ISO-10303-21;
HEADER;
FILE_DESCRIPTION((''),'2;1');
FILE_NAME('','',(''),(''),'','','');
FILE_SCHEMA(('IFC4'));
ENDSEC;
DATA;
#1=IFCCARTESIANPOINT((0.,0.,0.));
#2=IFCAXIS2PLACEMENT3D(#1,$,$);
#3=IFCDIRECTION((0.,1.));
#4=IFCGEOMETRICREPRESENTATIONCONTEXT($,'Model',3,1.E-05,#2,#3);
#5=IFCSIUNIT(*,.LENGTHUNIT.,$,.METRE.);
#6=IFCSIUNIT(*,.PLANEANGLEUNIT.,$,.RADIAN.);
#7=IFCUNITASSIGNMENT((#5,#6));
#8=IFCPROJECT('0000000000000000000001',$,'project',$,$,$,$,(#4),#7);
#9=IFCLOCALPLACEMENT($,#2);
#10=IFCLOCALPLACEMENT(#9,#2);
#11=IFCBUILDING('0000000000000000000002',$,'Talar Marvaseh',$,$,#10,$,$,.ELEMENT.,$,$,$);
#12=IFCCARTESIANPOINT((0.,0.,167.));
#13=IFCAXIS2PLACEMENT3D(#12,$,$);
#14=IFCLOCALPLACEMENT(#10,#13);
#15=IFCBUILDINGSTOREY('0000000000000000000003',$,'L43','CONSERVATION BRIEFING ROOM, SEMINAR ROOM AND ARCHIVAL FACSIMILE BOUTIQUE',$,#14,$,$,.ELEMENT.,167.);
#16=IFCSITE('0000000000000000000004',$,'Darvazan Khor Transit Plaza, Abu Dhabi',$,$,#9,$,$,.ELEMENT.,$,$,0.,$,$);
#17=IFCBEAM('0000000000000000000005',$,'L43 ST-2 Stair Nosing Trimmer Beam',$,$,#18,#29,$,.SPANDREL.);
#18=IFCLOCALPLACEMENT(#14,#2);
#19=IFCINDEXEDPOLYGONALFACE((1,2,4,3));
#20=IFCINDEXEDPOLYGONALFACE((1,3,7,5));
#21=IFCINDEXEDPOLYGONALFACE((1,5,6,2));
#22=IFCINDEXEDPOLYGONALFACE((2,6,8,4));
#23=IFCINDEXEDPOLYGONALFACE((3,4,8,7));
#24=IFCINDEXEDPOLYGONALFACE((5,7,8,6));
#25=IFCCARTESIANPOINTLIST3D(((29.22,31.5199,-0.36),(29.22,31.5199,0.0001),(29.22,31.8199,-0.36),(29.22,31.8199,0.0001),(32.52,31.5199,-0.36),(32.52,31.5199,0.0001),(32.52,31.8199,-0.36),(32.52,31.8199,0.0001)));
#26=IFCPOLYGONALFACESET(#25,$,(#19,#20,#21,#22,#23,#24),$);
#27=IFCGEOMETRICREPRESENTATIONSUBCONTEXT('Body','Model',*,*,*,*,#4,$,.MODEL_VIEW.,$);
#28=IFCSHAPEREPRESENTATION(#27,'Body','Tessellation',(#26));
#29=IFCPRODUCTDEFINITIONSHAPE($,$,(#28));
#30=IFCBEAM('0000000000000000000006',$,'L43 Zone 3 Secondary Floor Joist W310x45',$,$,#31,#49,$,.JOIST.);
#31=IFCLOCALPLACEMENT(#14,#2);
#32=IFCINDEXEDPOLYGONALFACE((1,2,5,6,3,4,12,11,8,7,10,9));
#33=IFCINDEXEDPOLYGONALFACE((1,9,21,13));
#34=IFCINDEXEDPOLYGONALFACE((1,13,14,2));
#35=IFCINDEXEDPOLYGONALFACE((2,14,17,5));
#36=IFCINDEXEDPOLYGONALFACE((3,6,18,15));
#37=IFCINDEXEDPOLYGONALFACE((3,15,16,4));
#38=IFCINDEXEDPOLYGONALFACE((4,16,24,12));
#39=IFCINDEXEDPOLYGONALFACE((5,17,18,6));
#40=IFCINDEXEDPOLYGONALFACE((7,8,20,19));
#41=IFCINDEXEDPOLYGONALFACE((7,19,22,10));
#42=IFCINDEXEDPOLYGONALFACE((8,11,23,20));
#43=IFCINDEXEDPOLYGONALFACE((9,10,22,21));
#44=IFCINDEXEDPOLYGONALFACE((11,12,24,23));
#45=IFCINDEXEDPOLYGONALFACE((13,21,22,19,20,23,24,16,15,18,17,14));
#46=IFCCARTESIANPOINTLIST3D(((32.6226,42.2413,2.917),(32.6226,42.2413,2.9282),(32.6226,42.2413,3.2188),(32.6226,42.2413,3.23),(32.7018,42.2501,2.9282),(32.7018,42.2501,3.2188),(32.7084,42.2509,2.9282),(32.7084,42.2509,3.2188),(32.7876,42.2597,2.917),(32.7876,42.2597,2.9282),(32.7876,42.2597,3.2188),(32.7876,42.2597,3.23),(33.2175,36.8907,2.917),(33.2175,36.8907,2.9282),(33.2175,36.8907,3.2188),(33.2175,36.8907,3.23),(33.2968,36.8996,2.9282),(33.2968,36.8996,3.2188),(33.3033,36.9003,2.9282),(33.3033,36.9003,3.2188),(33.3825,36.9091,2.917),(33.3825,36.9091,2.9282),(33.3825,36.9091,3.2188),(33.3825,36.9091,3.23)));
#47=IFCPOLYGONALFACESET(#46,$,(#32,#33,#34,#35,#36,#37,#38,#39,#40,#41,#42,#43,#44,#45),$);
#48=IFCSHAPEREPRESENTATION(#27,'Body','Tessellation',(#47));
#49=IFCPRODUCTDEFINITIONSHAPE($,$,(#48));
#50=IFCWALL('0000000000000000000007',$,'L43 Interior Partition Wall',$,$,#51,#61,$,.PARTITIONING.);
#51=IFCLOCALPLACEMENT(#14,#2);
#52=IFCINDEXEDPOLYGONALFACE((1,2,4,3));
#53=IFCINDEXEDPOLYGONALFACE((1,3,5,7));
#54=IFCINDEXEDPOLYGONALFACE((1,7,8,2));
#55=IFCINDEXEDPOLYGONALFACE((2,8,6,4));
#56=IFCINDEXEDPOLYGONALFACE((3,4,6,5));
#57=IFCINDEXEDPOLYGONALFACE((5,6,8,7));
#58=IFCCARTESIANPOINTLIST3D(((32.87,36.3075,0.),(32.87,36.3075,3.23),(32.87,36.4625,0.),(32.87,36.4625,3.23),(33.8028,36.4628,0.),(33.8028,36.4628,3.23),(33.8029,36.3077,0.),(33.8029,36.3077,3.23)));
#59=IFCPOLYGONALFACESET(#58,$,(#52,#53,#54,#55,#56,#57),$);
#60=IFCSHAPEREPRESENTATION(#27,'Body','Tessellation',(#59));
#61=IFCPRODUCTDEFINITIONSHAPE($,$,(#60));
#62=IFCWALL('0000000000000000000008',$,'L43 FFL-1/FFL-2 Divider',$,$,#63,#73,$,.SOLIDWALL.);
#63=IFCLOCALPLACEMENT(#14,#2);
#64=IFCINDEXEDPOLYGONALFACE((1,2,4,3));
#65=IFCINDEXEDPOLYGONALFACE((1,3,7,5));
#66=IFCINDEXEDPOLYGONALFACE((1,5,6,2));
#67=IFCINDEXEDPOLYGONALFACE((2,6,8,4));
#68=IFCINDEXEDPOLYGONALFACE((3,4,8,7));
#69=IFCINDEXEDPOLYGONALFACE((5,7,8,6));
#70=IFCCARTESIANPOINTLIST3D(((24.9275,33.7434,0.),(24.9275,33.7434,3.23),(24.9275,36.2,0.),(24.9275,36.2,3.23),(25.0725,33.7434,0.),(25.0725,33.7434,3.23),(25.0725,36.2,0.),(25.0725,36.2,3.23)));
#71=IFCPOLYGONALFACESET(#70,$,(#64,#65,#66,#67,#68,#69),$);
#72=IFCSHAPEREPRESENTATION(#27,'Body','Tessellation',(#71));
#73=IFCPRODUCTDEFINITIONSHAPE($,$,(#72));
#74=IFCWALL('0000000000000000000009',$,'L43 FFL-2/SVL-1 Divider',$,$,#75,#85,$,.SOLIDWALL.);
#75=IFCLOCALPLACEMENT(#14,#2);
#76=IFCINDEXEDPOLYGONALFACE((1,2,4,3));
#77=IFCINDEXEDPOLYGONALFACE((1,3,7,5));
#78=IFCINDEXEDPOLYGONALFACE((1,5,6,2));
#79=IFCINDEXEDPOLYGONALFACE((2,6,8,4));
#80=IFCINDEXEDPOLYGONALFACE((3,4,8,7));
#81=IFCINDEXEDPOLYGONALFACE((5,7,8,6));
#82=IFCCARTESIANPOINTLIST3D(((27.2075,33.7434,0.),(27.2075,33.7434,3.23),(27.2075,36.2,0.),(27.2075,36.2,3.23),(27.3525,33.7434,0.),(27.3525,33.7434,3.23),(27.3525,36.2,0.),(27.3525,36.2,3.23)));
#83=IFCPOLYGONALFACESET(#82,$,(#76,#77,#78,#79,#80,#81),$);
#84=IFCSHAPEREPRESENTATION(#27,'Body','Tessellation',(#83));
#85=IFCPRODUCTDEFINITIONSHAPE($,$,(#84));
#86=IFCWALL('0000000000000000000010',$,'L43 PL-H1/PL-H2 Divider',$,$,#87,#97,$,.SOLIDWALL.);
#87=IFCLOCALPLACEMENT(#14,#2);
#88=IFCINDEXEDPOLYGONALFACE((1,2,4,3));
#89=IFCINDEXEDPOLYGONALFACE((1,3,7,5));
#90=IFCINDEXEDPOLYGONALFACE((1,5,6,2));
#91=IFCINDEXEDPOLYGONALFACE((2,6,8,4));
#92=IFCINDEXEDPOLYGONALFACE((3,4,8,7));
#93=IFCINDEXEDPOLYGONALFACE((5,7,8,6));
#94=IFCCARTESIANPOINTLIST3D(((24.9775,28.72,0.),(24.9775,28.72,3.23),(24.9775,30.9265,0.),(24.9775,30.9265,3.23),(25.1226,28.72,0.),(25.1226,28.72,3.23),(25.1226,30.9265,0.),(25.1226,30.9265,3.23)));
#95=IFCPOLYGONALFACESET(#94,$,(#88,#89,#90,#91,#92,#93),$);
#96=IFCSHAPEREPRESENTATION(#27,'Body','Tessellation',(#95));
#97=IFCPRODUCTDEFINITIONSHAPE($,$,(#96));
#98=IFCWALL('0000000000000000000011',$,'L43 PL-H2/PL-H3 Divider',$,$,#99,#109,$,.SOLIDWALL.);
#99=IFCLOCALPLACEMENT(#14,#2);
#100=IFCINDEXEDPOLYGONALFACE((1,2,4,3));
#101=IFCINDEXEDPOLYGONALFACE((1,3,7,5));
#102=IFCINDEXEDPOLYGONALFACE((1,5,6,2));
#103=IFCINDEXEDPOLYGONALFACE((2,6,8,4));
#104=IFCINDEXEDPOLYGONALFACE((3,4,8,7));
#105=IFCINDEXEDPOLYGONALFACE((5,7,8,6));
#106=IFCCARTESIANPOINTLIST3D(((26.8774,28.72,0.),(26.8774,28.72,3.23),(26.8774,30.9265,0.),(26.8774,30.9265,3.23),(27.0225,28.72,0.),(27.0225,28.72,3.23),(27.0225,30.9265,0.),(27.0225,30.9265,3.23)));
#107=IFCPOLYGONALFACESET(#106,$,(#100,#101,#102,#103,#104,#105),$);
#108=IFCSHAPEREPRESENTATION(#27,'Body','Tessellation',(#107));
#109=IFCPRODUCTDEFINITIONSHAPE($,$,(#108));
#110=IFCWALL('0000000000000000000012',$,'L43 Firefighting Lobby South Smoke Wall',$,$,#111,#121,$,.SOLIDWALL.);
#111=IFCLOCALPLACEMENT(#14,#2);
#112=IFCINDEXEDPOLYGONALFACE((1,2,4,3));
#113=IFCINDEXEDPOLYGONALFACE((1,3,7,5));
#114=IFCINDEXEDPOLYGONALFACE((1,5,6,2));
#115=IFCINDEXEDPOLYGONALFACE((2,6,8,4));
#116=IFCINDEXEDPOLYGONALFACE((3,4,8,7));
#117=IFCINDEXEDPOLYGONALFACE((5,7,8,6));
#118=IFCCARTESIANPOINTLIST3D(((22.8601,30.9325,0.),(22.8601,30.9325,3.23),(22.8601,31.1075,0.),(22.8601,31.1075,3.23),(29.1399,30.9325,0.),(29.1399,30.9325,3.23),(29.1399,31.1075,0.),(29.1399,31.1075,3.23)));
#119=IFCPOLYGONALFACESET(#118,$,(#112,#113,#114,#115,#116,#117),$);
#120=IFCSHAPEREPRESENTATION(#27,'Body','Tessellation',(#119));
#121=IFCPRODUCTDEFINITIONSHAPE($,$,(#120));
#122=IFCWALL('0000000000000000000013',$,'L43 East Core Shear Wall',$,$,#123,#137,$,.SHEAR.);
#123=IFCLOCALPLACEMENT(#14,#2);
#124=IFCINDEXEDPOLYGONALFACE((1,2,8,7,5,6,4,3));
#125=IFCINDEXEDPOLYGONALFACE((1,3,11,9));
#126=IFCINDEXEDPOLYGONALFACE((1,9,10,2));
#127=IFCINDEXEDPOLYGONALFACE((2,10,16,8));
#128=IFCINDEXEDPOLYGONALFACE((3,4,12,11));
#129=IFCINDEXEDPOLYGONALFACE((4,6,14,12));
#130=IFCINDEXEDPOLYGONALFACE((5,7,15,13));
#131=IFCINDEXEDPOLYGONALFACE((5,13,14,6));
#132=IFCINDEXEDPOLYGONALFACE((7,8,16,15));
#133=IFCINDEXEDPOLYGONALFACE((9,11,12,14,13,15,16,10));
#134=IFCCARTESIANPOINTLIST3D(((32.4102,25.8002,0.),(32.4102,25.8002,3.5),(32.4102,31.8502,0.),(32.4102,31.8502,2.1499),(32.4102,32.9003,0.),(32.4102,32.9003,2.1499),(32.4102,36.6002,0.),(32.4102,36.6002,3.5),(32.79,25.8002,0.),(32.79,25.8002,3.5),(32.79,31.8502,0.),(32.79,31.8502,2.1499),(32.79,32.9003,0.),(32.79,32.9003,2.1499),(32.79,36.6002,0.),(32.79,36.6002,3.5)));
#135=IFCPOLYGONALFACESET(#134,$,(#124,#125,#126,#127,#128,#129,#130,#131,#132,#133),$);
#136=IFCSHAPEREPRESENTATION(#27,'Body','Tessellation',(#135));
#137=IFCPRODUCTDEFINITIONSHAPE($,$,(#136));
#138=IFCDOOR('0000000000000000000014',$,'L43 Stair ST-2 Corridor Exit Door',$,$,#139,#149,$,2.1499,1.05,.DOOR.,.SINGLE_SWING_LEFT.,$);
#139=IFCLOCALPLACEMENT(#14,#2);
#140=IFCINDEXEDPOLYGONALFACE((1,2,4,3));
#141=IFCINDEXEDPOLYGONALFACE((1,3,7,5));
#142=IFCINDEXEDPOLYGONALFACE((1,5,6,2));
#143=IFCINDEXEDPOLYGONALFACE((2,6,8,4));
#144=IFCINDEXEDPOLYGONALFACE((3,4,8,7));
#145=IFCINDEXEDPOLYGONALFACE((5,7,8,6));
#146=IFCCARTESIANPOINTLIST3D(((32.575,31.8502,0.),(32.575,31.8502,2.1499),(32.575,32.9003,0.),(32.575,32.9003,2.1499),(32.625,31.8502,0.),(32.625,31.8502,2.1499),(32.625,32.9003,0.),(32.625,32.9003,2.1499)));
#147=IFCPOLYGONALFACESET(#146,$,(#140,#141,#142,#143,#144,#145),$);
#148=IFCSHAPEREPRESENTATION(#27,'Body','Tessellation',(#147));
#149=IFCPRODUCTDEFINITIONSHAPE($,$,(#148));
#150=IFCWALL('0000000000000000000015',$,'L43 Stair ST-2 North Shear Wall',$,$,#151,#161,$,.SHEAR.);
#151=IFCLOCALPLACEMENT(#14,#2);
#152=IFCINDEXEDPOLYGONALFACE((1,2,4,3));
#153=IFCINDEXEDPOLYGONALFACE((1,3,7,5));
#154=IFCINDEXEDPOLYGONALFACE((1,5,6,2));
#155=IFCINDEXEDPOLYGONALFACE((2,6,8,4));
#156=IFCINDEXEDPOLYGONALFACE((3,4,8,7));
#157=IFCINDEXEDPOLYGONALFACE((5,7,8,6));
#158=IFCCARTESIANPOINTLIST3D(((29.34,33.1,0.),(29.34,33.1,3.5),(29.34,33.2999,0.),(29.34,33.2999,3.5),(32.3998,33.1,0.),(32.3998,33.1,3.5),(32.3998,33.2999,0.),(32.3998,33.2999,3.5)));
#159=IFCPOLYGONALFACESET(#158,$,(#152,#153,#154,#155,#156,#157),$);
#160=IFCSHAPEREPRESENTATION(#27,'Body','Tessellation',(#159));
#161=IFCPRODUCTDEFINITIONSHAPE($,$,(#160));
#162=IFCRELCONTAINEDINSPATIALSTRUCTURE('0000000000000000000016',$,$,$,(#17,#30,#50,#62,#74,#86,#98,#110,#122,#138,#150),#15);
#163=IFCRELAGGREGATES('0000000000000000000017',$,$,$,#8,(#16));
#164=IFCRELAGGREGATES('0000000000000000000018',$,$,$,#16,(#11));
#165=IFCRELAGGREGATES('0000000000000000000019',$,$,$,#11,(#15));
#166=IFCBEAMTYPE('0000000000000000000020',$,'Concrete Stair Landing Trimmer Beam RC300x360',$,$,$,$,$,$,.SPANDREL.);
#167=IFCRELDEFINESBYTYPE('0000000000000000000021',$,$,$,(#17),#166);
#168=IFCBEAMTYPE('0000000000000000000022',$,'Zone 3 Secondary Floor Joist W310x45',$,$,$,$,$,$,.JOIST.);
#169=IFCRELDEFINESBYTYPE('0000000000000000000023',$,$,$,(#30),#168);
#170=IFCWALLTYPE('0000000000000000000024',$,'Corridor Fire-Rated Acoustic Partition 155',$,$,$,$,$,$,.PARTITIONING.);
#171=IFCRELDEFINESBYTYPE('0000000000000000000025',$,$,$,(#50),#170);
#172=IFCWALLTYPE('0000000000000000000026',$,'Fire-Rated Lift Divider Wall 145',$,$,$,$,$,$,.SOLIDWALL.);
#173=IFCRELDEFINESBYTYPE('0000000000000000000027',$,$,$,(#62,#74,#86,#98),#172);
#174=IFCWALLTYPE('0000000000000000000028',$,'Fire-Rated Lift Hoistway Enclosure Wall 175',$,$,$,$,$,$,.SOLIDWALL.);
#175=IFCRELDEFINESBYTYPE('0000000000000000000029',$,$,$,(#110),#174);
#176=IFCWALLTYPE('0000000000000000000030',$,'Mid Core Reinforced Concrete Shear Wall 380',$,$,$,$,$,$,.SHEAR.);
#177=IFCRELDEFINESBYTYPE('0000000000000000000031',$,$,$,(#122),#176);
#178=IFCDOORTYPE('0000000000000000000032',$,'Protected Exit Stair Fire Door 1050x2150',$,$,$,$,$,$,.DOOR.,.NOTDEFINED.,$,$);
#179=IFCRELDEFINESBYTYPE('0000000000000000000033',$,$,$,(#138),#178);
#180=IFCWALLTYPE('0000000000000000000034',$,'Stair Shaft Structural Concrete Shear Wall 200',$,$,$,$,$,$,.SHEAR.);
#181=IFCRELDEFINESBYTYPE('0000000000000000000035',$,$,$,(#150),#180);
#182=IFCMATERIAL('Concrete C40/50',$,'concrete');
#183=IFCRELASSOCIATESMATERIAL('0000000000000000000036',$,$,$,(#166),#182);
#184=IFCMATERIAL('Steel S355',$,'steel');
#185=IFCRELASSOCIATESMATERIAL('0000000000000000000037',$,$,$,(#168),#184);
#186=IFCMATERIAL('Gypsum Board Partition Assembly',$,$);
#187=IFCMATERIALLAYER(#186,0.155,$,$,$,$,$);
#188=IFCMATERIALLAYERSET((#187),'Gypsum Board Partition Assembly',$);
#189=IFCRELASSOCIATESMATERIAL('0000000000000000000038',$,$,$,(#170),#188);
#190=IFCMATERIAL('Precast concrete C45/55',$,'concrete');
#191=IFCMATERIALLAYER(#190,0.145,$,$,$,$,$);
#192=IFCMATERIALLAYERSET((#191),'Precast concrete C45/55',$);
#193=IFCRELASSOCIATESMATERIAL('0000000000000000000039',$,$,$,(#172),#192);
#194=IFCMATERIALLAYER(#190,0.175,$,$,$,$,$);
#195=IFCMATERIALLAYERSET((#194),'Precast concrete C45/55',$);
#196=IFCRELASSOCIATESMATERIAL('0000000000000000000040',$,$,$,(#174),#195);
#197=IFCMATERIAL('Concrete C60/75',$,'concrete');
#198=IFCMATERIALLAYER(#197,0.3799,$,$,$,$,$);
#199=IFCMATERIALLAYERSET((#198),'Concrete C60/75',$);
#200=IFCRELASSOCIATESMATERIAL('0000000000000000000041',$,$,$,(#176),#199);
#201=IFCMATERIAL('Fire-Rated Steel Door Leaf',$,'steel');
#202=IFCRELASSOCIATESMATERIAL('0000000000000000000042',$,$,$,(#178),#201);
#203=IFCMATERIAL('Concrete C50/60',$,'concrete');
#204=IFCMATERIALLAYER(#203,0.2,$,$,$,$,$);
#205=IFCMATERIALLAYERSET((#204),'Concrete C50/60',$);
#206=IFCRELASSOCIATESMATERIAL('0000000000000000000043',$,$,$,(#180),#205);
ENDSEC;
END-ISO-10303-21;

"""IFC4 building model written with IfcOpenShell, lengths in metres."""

from ifc_helpers import new_model, si_unit, direction, frame, frame_2d, origin, origin_2d, place, context, subcontext, project, spatial, rectangle, i_section, extrude, source, transform, mapped, material, layer, layer_set, material_profile, profile_set, type_object, type_shapes, element, fill, save


model = new_model("IFC4")

# Units and contexts
model_context = context("Model", 3, precision=1e-05, world=origin(), true_north=direction((0.0, 1.0)))
body_context = subcontext(model_context, "Body", "Model", "MODEL_VIEW")
ifc_project = project(units=[si_unit("LENGTHUNIT", "METRE"), si_unit("PLANEANGLEUNIT", "RADIAN")], contexts=[model_context])

# Site, building, storey
site_placement = place(None, origin())
site = spatial("IfcSite", under=ifc_project, at=site_placement, Name="Darvazan Khor Transit Plaza, Abu Dhabi", CompositionType="ELEMENT", RefElevation=0.0)
building_placement = place(site_placement, origin())
building = spatial("IfcBuilding", under=site, at=building_placement, Name="Talar Marvaseh", CompositionType="ELEMENT")
storey_placement = place(building_placement, frame((0.0, 0.0, 167.0)))
storey = spatial("IfcBuildingStorey", under=building, at=storey_placement, Name="L43", Description="CONSERVATION BRIEFING ROOM, SEMINAR ROOM AND ARCHIVAL FACSIMILE BOUTIQUE", CompositionType="ELEMENT", Elevation=167.0)

# Beams
ifc_material_1 = material(Name="Concrete C40/50", Category="concrete")
ifc_material_profile_1 = material_profile(ifc_material_1, rectangle(XDim=0.3, YDim=0.3601, at=origin_2d()), Name="RC300x360")
ifc_profile_set_1 = profile_set([ifc_material_profile_1], Name="Concrete C40/50")
beam_type_1 = type_object("IfcBeamType", Name="Concrete Stair Landing Trimmer Beam RC300x360", PredefinedType="SPANDREL", material=ifc_profile_set_1)
beam_1_placement = place(storey_placement, frame((29.22, 31.6699, -0.1799), z_axis=(1.0, 0.0, 0.0), x_axis=(0.0, 1.0, 0.0)))
element("IfcBeam", 1, at=beam_1_placement, inside=storey, type_object=beam_type_1, Name="L43 ST-2 Stair Nosing Trimmer Beam", PredefinedType="SPANDREL", context=body_context, shape_type="SweptSolid", body=[
    extrude(rectangle(XDim=0.3, YDim=0.3601, at=origin_2d()), origin(), (0.0, 0.0, 1.0), 3.3),
])
ifc_material_2 = material(Name="Steel S355", Category="steel")
ifc_material_profile_2 = material_profile(ifc_material_2, i_section(OverallWidth=0.166, OverallDepth=0.313, WebThickness=0.0066, FlangeThickness=0.0112, at=origin_2d()), Name="W310x45")
ifc_profile_set_2 = profile_set([ifc_material_profile_2], Name="Steel S355")
beam_type_2 = type_object("IfcBeamType", Name="Zone 3 Secondary Floor Joist W310x45", PredefinedType="JOIST", material=ifc_profile_set_2)
beam_2_placement = place(storey_placement, frame((32.7051, 42.2505, 3.0735), z_axis=(0.110516, -0.993874, 0.0), x_axis=(0.993874, 0.110516, 0.0)))
element("IfcBeam", 2, at=beam_2_placement, inside=storey, type_object=beam_type_2, Name="L43 Zone 3 Secondary Floor Joist W310x45", PredefinedType="JOIST", context=body_context, shape_type="SweptSolid", body=[
    extrude(i_section(OverallWidth=0.166, OverallDepth=0.313, WebThickness=0.0066, FlangeThickness=0.0112, at=origin_2d()), origin(), (0.0, 0.0, 1.0), 5.3835),
])

# Walls
ifc_material_3 = material(Name="Gypsum Board Partition Assembly")
ifc_layer_1 = layer(ifc_material_3, 0.155)
ifc_layer_set_1 = layer_set([ifc_layer_1], Name="Gypsum Board Partition Assembly")
wall_type_1 = type_object("IfcWallType", Name="Corridor Fire-Rated Acoustic Partition 155", PredefinedType="PARTITIONING", material=ifc_layer_set_1)
wall_1_placement = place(storey_placement, frame((32.8701, 36.385, 0.0), z_axis=(0.0, 0.0, 1.0), x_axis=(1.0, 0.000262, 0.0)))
element("IfcWall", 3, at=wall_1_placement, inside=storey, type_object=wall_type_1, Name="L43 Interior Partition Wall", PredefinedType="PARTITIONING", context=body_context, shape_type="SweptSolid", body=[
    extrude(rectangle(XDim=0.9329, YDim=0.155, at=frame_2d((0.4663, 0.0))), origin(), (0.0, 0.0, 1.0), 3.23),
])
ifc_material_4 = material(Name="Precast concrete C45/55", Category="concrete")
ifc_layer_2 = layer(ifc_material_4, 0.145)
ifc_layer_set_2 = layer_set([ifc_layer_2], Name="Precast concrete C45/55")
wall_type_2 = type_object("IfcWallType", Name="Fire-Rated Lift Divider Wall 145", PredefinedType="SOLIDWALL", material=ifc_layer_set_2)
for number, where, z_axis, x_axis, name in (
    (4, (25.0, 33.7434, 0.0), (0.0, 0.0, 1.0), (0.0, 1.0, 0.0), "L43 FFL-1/FFL-2 Divider"),
    (5, (27.28, 33.7434, 0.0), (0.0, 0.0, 1.0), (0.0, 1.0, 0.0), "L43 FFL-2/SVL-1 Divider"),
):
    element("IfcWall", number, at=place(storey_placement, frame(where, z_axis=z_axis, x_axis=x_axis)), inside=storey, type_object=wall_type_2, Name=name, PredefinedType="SOLIDWALL", context=body_context, shape_type="SweptSolid", body=[
        extrude(rectangle(XDim=2.4565, YDim=0.145, at=frame_2d((1.2283, 0.0))), origin(), (0.0, 0.0, 1.0), 3.23),
    ])
for number, where, z_axis, x_axis, name in (
    (6, (25.05, 28.72, 0.0), (0.0, 0.0, 1.0), (0.0, 1.0, 0.0), "L43 PL-H1/PL-H2 Divider"),
    (7, (26.95, 28.72, 0.0), (0.0, 0.0, 1.0), (0.0, 1.0, 0.0), "L43 PL-H2/PL-H3 Divider"),
):
    element("IfcWall", number, at=place(storey_placement, frame(where, z_axis=z_axis, x_axis=x_axis)), inside=storey, type_object=wall_type_2, Name=name, PredefinedType="SOLIDWALL", context=body_context, shape_type="SweptSolid", body=[
        extrude(rectangle(XDim=2.2065, YDim=0.145, at=frame_2d((1.1033, 0.0))), origin(), (0.0, 0.0, 1.0), 3.23),
    ])

# Shared definitions
ifc_layer_3 = layer(ifc_material_4, 0.175)
ifc_layer_set_3 = layer_set([ifc_layer_3], Name="Precast concrete C45/55")
wall_type_3 = type_object("IfcWallType", Name="Fire-Rated Lift Hoistway Enclosure Wall 175", PredefinedType="SOLIDWALL", material=ifc_layer_set_3)

# Wall
wall_2_placement = place(storey_placement, frame((22.8601, 31.02, 0.0), z_axis=(0.0, 0.0, 1.0), x_axis=(1.0, 0.0, 0.0)))
element("IfcWall", 8, at=wall_2_placement, inside=storey, type_object=wall_type_3, Name="L43 Firefighting Lobby South Smoke Wall", PredefinedType="SOLIDWALL", context=body_context, shape_type="SweptSolid", body=[
    extrude(rectangle(XDim=6.2798, YDim=0.175, at=frame_2d((3.1399, 0.0))), origin(), (0.0, 0.0, 1.0), 3.23),
])

# Wall, opening, door
ifc_material_5 = material(Name="Concrete C60/75", Category="concrete")
ifc_layer_4 = layer(ifc_material_5, 0.3799)
ifc_layer_set_4 = layer_set([ifc_layer_4], Name="Concrete C60/75")
wall_type_4 = type_object("IfcWallType", Name="Mid Core Reinforced Concrete Shear Wall 380", PredefinedType="SHEAR", material=ifc_layer_set_4)
wall_3_placement = place(storey_placement, frame((32.6001, 36.6001, 0.0), z_axis=(0.0, 0.0, 1.0), x_axis=(0.0, -1.0, 0.0)))
wall_3 = element("IfcWall", 9, at=wall_3_placement, inside=storey, type_object=wall_type_4, Name="L43 East Core Shear Wall", PredefinedType="SHEAR", context=body_context, shape_type="SweptSolid", body=[
    extrude(rectangle(XDim=10.8, YDim=0.3799, at=frame_2d((5.3999, 0.0))), origin(), (0.0, 0.0, 1.0), 3.5),
])
opening_1_placement = place(wall_3_placement, frame((3.7, 0.0, 0.0)))
opening_1 = element("IfcOpeningElement", 10, at=opening_1_placement, cuts=wall_3, PredefinedType="OPENING", context=body_context, shape_type="SweptSolid", body=[
    extrude(rectangle(XDim=1.05, YDim=2.1499, at=frame_2d((0.5249, 1.075))), frame((0.0, 0.2, 0.0), z_axis=(0.0, -1.0, 0.0), x_axis=(1.0, 0.0, 0.0)), (0.0, 0.0, 1.0), 0.3999),
])
ifc_material_6 = material(Name="Fire-Rated Steel Door Leaf", Category="steel")
door_type_1 = type_object("IfcDoorType", Name="Protected Exit Stair Fire Door 1050x2150", OperationType="NOTDEFINED", PredefinedType="DOOR", material=ifc_material_6)
shared_shape_1 = source(origin(), body_context, "Body", "SweptSolid", [
    extrude(rectangle(XDim=1.05, YDim=2.1499, at=frame_2d((0.5249, 1.075))), frame((0.0, 0.0249, 0.0), z_axis=(0.0, -1.0, 0.0), x_axis=(1.0, 0.0, 0.0)), (0.0, 0.0, 1.0), 0.05),
])
type_shapes(door_type_1, [shared_shape_1])
door_1_placement = place(opening_1_placement, origin())
door_1 = element("IfcDoor", 11, at=door_1_placement, inside=storey, type_object=door_type_1, Name="L43 Stair ST-2 Corridor Exit Door", OperationType="SINGLE_SWING_LEFT", OverallHeight=2.1499, OverallWidth=1.05, PredefinedType="DOOR", context=body_context, shape_type="MappedRepresentation", body=[
    mapped(shared_shape_1, transform((0.0, 0.0, 0.0), x_axis=(1.0, 0.0, 0.0), y_axis=(0.0, 1.0, 0.0), z_axis=(0.0, 0.0, 1.0), scale=1.0)),
])
fill(opening_1, door_1)

# Wall
ifc_material_7 = material(Name="Concrete C50/60", Category="concrete")
ifc_layer_5 = layer(ifc_material_7, 0.2)
ifc_layer_set_5 = layer_set([ifc_layer_5], Name="Concrete C50/60")
wall_type_5 = type_object("IfcWallType", Name="Stair Shaft Structural Concrete Shear Wall 200", PredefinedType="SHEAR", material=ifc_layer_set_5)
wall_4_placement = place(storey_placement, frame((29.3401, 33.2, 0.0), z_axis=(0.0, 0.0, 1.0), x_axis=(1.0, 0.0, 0.0)))
element("IfcWall", 12, at=wall_4_placement, inside=storey, type_object=wall_type_5, Name="L43 Stair ST-2 North Shear Wall", PredefinedType="SHEAR", context=body_context, shape_type="SweptSolid", body=[
    extrude(rectangle(XDim=3.0598, YDim=0.2, at=frame_2d((1.5298, 0.0))), origin(), (0.0, 0.0, 1.0), 3.5),
])

save(model, "model.ifc")
